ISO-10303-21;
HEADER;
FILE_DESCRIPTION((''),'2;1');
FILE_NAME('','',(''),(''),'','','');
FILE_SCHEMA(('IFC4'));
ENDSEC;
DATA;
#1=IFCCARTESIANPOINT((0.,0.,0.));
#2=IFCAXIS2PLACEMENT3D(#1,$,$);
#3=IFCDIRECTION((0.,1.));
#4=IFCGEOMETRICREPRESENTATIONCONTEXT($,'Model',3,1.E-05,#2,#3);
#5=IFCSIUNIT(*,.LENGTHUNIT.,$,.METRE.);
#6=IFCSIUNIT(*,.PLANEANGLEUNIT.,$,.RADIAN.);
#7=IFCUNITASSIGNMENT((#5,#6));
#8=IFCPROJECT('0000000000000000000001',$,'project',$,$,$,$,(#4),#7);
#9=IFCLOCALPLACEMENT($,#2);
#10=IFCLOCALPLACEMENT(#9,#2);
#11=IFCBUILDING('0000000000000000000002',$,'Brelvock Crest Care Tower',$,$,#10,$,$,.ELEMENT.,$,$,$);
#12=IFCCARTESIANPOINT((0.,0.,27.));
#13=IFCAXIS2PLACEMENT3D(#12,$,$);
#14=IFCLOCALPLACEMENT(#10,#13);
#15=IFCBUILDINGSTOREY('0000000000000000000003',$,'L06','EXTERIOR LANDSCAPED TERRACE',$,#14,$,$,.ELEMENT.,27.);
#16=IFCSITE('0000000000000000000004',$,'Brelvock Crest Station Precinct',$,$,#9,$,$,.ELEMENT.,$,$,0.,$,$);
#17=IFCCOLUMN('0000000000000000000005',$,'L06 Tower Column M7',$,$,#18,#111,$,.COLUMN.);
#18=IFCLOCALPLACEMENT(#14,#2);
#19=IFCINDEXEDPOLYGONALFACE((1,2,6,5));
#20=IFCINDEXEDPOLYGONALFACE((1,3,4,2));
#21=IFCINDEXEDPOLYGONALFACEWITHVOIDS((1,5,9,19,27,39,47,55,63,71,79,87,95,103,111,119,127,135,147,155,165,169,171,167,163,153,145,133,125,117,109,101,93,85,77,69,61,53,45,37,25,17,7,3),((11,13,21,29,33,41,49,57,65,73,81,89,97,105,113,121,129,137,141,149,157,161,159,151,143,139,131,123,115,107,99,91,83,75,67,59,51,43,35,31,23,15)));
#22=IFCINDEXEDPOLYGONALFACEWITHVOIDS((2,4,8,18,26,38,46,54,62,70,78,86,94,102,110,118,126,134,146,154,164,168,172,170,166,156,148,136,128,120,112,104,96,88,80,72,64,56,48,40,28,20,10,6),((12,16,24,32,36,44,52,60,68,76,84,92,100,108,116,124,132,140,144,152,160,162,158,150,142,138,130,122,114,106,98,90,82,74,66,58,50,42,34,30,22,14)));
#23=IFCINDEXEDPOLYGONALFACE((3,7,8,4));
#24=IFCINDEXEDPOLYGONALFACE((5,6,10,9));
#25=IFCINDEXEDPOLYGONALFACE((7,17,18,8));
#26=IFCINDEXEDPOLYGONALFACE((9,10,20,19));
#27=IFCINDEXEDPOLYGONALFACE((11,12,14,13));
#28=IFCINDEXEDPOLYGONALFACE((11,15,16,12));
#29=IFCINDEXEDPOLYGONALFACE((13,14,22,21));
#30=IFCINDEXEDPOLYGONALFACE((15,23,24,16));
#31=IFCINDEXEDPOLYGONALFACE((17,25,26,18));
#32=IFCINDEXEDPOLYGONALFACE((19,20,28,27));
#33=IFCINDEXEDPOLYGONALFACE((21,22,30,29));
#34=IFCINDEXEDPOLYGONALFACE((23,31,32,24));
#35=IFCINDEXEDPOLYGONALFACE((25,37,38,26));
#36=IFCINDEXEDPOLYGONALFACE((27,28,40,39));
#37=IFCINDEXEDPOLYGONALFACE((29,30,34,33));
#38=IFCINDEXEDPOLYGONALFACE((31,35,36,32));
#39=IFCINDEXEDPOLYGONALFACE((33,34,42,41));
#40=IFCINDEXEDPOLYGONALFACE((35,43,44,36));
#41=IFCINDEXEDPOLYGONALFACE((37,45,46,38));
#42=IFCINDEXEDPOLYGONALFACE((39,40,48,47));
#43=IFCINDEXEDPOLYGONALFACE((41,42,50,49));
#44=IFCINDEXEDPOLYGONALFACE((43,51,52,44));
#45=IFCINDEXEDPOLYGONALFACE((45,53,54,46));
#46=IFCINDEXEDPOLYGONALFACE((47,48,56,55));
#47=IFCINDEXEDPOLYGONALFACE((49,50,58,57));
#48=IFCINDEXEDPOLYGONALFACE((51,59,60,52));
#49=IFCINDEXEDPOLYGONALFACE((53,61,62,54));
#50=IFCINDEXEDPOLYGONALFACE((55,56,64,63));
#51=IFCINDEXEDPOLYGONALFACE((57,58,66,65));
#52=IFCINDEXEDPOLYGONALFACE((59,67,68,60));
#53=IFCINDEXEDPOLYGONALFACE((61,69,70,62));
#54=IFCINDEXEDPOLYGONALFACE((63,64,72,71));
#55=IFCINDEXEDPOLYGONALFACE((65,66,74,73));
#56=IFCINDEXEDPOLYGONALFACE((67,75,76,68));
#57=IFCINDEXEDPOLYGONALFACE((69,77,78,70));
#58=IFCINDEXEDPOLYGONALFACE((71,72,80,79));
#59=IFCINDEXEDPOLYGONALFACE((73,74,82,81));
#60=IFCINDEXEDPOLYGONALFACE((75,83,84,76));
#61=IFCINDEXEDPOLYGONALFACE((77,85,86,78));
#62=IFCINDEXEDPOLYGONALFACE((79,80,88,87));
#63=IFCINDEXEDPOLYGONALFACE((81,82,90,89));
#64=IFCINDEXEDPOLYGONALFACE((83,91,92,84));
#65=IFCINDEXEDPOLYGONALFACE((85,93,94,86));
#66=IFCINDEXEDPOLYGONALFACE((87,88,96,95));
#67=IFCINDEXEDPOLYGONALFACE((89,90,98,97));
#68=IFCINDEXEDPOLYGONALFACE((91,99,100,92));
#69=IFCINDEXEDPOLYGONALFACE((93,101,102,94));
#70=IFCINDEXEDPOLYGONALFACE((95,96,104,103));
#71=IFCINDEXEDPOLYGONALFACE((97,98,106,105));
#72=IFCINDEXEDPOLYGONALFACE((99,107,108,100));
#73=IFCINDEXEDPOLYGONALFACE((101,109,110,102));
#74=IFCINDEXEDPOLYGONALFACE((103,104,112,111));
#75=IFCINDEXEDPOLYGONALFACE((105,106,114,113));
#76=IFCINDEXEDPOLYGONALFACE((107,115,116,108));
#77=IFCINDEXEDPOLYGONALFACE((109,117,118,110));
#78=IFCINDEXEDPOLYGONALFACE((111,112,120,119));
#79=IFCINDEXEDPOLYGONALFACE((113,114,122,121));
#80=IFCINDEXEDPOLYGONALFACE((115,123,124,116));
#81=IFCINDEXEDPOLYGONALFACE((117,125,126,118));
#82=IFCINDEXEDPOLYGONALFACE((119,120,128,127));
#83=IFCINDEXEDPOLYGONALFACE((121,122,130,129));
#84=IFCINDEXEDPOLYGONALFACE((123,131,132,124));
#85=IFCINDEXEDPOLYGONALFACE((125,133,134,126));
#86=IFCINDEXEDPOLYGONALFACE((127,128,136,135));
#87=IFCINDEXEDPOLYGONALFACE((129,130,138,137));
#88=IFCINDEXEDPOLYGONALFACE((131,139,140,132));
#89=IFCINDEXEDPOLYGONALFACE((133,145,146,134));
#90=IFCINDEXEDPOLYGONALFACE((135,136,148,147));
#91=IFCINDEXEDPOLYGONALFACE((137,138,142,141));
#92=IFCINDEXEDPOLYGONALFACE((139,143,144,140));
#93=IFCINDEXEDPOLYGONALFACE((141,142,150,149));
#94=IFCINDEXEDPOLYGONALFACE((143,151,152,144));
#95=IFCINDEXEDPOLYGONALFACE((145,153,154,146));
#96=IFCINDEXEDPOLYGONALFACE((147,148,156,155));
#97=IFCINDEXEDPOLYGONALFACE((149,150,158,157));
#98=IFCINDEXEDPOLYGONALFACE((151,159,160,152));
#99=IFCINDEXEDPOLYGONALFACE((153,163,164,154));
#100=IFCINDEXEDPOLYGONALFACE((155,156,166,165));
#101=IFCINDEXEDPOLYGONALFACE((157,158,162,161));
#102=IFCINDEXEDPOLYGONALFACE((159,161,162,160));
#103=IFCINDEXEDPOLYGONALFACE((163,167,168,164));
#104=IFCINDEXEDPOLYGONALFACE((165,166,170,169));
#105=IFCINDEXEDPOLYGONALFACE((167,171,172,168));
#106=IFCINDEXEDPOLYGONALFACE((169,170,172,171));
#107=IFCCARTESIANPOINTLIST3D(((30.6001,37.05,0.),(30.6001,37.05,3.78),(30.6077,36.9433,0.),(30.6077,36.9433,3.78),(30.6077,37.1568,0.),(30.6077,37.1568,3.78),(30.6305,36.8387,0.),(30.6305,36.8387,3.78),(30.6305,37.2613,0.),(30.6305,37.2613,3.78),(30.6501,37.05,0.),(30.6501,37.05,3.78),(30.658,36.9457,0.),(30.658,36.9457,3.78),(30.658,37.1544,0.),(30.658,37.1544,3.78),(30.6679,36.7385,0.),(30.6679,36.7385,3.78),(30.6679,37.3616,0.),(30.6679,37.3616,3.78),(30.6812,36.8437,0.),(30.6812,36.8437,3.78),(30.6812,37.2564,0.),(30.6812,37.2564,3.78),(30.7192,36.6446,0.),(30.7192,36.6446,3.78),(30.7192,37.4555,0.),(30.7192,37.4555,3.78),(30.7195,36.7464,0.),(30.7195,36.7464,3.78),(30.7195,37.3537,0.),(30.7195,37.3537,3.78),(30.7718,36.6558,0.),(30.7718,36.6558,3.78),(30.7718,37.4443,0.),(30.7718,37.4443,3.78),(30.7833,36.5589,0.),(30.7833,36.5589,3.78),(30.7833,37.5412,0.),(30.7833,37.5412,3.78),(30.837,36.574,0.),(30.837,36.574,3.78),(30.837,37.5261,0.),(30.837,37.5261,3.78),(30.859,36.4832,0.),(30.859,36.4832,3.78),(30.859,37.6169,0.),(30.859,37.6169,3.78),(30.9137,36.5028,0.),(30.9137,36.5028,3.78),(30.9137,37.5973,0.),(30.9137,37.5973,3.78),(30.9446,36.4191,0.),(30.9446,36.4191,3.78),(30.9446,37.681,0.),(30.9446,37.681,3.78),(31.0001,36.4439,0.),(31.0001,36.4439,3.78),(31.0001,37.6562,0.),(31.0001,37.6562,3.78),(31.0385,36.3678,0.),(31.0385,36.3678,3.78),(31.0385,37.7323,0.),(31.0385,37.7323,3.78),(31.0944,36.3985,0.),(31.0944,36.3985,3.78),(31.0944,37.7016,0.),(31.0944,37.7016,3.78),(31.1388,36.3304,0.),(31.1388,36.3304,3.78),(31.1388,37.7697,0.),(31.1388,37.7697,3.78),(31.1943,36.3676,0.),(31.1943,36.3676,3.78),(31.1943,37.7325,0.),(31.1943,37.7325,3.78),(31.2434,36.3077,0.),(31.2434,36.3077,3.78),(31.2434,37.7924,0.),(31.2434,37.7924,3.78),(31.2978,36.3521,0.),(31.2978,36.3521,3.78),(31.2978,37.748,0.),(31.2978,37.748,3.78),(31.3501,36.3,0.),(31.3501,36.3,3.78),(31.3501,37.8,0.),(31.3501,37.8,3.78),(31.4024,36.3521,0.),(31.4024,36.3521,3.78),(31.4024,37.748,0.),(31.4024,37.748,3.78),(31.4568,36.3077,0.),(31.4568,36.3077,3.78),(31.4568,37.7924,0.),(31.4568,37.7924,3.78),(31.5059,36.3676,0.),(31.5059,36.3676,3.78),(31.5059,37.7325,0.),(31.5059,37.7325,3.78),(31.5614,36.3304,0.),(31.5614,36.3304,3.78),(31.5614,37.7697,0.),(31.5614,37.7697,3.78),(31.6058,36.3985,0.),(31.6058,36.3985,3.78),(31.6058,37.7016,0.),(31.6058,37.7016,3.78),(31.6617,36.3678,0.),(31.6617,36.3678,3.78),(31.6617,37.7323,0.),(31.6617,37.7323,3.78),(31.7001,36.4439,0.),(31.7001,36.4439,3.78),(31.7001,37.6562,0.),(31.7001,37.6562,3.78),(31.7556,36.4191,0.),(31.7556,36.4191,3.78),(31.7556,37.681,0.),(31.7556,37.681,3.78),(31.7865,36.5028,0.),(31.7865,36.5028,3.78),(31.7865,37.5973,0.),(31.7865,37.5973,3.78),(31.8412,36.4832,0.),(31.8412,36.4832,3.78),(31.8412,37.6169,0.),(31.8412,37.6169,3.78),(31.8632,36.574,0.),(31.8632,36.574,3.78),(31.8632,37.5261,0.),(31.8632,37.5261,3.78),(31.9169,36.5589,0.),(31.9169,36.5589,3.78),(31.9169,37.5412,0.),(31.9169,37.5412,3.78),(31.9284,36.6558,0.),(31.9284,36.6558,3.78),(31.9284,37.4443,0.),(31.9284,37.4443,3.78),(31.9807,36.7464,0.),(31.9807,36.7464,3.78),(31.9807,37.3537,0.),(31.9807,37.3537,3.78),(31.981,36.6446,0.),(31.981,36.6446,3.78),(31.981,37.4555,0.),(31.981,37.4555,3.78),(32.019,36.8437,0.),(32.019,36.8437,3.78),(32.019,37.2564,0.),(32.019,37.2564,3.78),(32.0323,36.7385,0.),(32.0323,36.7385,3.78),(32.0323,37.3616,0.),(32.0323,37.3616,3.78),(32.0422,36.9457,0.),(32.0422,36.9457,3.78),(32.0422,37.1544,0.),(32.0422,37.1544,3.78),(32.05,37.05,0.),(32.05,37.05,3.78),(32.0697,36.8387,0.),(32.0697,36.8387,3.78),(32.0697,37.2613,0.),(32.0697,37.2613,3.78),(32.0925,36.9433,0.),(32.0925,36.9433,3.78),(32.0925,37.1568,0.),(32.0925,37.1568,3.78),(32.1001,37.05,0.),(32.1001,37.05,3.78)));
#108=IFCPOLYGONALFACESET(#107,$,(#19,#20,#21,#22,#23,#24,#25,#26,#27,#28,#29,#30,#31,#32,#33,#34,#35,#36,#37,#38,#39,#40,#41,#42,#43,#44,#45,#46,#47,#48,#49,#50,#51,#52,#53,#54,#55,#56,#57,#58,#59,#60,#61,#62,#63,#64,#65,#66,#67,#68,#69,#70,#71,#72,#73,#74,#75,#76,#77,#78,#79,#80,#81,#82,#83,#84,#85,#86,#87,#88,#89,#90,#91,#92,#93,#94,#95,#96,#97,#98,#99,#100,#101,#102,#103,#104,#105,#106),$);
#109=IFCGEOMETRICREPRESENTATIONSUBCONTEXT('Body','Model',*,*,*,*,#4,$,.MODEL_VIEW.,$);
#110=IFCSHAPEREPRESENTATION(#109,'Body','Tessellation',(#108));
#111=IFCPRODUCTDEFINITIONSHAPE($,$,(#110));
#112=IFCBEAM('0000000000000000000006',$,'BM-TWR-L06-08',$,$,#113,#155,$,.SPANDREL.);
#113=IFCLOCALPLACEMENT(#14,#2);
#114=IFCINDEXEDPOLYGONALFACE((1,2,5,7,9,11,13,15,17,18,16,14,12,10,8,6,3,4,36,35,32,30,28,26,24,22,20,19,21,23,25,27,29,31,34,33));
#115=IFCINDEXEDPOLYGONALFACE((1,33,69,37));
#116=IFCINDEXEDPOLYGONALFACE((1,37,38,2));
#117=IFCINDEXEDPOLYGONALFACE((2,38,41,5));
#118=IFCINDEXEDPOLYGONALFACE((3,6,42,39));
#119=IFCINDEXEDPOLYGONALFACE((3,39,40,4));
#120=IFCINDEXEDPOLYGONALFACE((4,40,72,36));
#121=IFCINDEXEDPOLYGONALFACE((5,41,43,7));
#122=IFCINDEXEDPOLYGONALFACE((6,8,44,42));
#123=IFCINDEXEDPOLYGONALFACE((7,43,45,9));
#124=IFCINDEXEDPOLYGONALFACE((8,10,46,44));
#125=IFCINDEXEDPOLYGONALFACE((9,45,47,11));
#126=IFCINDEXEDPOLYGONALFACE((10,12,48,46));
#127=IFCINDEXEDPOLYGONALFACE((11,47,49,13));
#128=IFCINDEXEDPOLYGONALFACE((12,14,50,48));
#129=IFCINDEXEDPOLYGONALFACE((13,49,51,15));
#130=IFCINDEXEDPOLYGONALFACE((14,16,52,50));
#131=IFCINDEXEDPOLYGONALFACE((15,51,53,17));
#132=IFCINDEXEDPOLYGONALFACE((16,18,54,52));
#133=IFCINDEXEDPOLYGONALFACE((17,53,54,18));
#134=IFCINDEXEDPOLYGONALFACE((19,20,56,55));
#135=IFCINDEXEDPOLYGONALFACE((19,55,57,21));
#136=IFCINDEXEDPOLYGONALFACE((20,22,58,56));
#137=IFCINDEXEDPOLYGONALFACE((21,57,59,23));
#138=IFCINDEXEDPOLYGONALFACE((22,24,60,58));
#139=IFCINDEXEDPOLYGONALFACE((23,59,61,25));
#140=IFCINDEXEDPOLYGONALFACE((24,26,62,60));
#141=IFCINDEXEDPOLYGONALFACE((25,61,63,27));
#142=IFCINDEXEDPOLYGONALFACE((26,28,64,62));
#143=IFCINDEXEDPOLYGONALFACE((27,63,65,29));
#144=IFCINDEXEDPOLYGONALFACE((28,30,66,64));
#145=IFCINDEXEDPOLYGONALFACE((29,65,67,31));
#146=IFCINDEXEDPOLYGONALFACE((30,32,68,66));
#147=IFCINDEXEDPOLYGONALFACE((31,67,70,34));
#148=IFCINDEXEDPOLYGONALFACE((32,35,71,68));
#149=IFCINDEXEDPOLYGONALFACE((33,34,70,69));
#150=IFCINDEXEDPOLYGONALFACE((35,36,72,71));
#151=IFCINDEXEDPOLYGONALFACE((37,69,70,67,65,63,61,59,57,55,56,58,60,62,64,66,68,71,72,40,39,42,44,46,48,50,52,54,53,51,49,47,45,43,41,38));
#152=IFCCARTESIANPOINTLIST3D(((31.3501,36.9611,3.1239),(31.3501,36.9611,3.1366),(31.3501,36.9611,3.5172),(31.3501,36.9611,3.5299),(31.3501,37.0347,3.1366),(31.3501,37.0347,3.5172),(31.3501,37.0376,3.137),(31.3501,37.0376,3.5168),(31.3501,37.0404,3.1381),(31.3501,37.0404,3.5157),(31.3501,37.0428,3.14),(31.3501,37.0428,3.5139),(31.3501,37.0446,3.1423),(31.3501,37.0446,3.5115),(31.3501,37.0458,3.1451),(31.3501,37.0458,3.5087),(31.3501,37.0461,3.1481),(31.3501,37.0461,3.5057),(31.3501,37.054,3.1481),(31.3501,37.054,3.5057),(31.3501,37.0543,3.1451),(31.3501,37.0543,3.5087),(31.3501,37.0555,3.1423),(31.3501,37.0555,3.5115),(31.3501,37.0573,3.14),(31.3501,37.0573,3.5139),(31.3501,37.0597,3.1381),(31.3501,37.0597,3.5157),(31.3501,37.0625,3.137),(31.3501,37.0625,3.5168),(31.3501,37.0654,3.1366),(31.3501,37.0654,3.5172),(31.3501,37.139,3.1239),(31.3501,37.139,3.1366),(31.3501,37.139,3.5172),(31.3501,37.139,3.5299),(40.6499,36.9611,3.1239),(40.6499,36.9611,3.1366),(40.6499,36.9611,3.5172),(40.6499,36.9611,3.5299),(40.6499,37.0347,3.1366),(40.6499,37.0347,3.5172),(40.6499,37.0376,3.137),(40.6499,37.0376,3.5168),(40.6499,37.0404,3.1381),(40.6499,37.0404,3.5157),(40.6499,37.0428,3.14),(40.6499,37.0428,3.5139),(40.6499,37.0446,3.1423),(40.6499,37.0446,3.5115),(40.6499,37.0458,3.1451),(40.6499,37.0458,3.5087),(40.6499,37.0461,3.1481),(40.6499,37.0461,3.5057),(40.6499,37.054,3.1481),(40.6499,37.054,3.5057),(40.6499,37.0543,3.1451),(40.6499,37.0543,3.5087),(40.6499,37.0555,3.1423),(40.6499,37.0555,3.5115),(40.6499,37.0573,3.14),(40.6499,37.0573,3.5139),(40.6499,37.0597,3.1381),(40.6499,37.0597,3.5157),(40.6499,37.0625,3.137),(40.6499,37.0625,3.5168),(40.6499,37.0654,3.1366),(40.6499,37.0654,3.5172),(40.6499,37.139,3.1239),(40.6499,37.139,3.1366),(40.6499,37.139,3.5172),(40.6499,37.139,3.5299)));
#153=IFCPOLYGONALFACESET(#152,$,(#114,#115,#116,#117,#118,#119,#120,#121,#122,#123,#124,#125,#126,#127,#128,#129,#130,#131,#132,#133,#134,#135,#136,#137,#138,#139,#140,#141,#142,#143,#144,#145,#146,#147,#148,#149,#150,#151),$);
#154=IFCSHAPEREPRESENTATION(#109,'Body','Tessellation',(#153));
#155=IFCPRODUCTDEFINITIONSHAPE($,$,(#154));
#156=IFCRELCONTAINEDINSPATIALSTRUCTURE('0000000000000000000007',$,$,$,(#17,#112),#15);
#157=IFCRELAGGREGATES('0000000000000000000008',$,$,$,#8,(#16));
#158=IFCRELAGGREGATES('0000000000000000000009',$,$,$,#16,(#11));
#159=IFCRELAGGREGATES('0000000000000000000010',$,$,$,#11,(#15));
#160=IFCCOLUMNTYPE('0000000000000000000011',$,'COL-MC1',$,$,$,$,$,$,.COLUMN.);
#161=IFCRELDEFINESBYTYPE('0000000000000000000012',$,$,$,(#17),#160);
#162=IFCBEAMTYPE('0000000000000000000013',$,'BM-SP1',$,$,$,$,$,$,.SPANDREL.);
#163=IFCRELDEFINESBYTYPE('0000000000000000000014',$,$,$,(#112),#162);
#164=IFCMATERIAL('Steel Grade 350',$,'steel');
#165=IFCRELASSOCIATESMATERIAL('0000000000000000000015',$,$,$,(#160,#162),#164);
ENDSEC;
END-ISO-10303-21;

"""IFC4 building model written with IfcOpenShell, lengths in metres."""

from ifc_helpers import new_model, si_unit, direction, frame, origin, origin_2d, place, context, subcontext, project, spatial, hollow_circle, i_section, extrude, source, transform, mapped, material, material_profile, profile_set, type_object, element, save


model = new_model("IFC4")

# Units and contexts
model_context = context("Model", 3, precision=1e-05, world=origin(), true_north=direction((0.0, 1.0)))
body_context = subcontext(model_context, "Body", "Model", "MODEL_VIEW")
ifc_project = project(units=[si_unit("LENGTHUNIT", "METRE"), si_unit("PLANEANGLEUNIT", "RADIAN")], contexts=[model_context])

# Site, building, storey
site_placement = place(None, origin())
site = spatial("IfcSite", under=ifc_project, at=site_placement, Name="Brelvock Crest Station Precinct", CompositionType="ELEMENT", RefElevation=0.0)
building_placement = place(site_placement, origin())
building = spatial("IfcBuilding", under=site, at=building_placement, Name="Brelvock Crest Care Tower", CompositionType="ELEMENT")
storey_placement = place(building_placement, frame((0.0, 0.0, 27.0)))
storey = spatial("IfcBuildingStorey", under=building, at=storey_placement, Name="L06", Description="EXTERIOR LANDSCAPED TERRACE", CompositionType="ELEMENT", Elevation=27.0)

# Column
ifc_material_1 = material(Name="Steel Grade 350", Category="steel")
ifc_material_profile_1 = material_profile(ifc_material_1, hollow_circle(Radius=0.75, WallThickness=0.05, at=origin_2d()), Name="CFT1500x50")
ifc_profile_set_1 = profile_set([ifc_material_profile_1], Name="Steel Grade 350")
column_type = type_object("IfcColumnType", Name="COL-MC1", PredefinedType="COLUMN", material=ifc_profile_set_1)
shared_shape_1 = source(origin(), body_context, "Body", "SweptSolid", [
    extrude(hollow_circle(Radius=0.75, WallThickness=0.05, at=origin_2d()), origin(), (0.0, 0.0, 1.0), 3.78),
])
column_placement = place(storey_placement, frame((31.3501, 37.05, 0.0), z_axis=(0.0, 0.0, 1.0), x_axis=(1.0, 0.0, 0.0)))
element("IfcColumn", 1, at=column_placement, inside=storey, type_object=column_type, Name="L06 Tower Column M7", PredefinedType="COLUMN", context=body_context, shape_type="MappedRepresentation", body=[
    mapped(shared_shape_1, transform((0.0, 0.0, 0.0), x_axis=(1.0, 0.0, 0.0), y_axis=(0.0, 1.0, 0.0), z_axis=(0.0, 0.0, 1.0), scale=1.0)),
])

# Beam
ifc_material_profile_2 = material_profile(ifc_material_1, i_section(OverallWidth=0.178, OverallDepth=0.406, WebThickness=0.0078, FlangeThickness=0.0127, FilletRadius=0.0115, at=origin_2d()), Name="410UB59.7")
ifc_profile_set_2 = profile_set([ifc_material_profile_2], Name="Steel Grade 350")
beam_type_1 = type_object("IfcBeamType", Name="BM-SP1", PredefinedType="SPANDREL", material=ifc_profile_set_2)
shared_shape_2 = source(origin(), body_context, "Body", "SweptSolid", [
    extrude(i_section(OverallWidth=0.178, OverallDepth=0.406, WebThickness=0.0078, FlangeThickness=0.0127, FilletRadius=0.0115, at=origin_2d()), origin(), (0.0, 0.0, 1.0), 9.2998),
])
beam_placement = place(storey_placement, frame((31.3501, 37.05, 3.3269), z_axis=(1.0, 0.0, 0.0), x_axis=(0.0, 1.0, 0.0)))
element("IfcBeam", 2, at=beam_placement, inside=storey, type_object=beam_type_1, Name="BM-TWR-L06-08", PredefinedType="SPANDREL", context=body_context, shape_type="MappedRepresentation", body=[
    mapped(shared_shape_2, transform((0.0, 0.0, 0.0), x_axis=(1.0, 0.0, 0.0), y_axis=(0.0, 1.0, 0.0), z_axis=(0.0, 0.0, 1.0), scale=1.0)),
])

save(model, "model.ifc")
